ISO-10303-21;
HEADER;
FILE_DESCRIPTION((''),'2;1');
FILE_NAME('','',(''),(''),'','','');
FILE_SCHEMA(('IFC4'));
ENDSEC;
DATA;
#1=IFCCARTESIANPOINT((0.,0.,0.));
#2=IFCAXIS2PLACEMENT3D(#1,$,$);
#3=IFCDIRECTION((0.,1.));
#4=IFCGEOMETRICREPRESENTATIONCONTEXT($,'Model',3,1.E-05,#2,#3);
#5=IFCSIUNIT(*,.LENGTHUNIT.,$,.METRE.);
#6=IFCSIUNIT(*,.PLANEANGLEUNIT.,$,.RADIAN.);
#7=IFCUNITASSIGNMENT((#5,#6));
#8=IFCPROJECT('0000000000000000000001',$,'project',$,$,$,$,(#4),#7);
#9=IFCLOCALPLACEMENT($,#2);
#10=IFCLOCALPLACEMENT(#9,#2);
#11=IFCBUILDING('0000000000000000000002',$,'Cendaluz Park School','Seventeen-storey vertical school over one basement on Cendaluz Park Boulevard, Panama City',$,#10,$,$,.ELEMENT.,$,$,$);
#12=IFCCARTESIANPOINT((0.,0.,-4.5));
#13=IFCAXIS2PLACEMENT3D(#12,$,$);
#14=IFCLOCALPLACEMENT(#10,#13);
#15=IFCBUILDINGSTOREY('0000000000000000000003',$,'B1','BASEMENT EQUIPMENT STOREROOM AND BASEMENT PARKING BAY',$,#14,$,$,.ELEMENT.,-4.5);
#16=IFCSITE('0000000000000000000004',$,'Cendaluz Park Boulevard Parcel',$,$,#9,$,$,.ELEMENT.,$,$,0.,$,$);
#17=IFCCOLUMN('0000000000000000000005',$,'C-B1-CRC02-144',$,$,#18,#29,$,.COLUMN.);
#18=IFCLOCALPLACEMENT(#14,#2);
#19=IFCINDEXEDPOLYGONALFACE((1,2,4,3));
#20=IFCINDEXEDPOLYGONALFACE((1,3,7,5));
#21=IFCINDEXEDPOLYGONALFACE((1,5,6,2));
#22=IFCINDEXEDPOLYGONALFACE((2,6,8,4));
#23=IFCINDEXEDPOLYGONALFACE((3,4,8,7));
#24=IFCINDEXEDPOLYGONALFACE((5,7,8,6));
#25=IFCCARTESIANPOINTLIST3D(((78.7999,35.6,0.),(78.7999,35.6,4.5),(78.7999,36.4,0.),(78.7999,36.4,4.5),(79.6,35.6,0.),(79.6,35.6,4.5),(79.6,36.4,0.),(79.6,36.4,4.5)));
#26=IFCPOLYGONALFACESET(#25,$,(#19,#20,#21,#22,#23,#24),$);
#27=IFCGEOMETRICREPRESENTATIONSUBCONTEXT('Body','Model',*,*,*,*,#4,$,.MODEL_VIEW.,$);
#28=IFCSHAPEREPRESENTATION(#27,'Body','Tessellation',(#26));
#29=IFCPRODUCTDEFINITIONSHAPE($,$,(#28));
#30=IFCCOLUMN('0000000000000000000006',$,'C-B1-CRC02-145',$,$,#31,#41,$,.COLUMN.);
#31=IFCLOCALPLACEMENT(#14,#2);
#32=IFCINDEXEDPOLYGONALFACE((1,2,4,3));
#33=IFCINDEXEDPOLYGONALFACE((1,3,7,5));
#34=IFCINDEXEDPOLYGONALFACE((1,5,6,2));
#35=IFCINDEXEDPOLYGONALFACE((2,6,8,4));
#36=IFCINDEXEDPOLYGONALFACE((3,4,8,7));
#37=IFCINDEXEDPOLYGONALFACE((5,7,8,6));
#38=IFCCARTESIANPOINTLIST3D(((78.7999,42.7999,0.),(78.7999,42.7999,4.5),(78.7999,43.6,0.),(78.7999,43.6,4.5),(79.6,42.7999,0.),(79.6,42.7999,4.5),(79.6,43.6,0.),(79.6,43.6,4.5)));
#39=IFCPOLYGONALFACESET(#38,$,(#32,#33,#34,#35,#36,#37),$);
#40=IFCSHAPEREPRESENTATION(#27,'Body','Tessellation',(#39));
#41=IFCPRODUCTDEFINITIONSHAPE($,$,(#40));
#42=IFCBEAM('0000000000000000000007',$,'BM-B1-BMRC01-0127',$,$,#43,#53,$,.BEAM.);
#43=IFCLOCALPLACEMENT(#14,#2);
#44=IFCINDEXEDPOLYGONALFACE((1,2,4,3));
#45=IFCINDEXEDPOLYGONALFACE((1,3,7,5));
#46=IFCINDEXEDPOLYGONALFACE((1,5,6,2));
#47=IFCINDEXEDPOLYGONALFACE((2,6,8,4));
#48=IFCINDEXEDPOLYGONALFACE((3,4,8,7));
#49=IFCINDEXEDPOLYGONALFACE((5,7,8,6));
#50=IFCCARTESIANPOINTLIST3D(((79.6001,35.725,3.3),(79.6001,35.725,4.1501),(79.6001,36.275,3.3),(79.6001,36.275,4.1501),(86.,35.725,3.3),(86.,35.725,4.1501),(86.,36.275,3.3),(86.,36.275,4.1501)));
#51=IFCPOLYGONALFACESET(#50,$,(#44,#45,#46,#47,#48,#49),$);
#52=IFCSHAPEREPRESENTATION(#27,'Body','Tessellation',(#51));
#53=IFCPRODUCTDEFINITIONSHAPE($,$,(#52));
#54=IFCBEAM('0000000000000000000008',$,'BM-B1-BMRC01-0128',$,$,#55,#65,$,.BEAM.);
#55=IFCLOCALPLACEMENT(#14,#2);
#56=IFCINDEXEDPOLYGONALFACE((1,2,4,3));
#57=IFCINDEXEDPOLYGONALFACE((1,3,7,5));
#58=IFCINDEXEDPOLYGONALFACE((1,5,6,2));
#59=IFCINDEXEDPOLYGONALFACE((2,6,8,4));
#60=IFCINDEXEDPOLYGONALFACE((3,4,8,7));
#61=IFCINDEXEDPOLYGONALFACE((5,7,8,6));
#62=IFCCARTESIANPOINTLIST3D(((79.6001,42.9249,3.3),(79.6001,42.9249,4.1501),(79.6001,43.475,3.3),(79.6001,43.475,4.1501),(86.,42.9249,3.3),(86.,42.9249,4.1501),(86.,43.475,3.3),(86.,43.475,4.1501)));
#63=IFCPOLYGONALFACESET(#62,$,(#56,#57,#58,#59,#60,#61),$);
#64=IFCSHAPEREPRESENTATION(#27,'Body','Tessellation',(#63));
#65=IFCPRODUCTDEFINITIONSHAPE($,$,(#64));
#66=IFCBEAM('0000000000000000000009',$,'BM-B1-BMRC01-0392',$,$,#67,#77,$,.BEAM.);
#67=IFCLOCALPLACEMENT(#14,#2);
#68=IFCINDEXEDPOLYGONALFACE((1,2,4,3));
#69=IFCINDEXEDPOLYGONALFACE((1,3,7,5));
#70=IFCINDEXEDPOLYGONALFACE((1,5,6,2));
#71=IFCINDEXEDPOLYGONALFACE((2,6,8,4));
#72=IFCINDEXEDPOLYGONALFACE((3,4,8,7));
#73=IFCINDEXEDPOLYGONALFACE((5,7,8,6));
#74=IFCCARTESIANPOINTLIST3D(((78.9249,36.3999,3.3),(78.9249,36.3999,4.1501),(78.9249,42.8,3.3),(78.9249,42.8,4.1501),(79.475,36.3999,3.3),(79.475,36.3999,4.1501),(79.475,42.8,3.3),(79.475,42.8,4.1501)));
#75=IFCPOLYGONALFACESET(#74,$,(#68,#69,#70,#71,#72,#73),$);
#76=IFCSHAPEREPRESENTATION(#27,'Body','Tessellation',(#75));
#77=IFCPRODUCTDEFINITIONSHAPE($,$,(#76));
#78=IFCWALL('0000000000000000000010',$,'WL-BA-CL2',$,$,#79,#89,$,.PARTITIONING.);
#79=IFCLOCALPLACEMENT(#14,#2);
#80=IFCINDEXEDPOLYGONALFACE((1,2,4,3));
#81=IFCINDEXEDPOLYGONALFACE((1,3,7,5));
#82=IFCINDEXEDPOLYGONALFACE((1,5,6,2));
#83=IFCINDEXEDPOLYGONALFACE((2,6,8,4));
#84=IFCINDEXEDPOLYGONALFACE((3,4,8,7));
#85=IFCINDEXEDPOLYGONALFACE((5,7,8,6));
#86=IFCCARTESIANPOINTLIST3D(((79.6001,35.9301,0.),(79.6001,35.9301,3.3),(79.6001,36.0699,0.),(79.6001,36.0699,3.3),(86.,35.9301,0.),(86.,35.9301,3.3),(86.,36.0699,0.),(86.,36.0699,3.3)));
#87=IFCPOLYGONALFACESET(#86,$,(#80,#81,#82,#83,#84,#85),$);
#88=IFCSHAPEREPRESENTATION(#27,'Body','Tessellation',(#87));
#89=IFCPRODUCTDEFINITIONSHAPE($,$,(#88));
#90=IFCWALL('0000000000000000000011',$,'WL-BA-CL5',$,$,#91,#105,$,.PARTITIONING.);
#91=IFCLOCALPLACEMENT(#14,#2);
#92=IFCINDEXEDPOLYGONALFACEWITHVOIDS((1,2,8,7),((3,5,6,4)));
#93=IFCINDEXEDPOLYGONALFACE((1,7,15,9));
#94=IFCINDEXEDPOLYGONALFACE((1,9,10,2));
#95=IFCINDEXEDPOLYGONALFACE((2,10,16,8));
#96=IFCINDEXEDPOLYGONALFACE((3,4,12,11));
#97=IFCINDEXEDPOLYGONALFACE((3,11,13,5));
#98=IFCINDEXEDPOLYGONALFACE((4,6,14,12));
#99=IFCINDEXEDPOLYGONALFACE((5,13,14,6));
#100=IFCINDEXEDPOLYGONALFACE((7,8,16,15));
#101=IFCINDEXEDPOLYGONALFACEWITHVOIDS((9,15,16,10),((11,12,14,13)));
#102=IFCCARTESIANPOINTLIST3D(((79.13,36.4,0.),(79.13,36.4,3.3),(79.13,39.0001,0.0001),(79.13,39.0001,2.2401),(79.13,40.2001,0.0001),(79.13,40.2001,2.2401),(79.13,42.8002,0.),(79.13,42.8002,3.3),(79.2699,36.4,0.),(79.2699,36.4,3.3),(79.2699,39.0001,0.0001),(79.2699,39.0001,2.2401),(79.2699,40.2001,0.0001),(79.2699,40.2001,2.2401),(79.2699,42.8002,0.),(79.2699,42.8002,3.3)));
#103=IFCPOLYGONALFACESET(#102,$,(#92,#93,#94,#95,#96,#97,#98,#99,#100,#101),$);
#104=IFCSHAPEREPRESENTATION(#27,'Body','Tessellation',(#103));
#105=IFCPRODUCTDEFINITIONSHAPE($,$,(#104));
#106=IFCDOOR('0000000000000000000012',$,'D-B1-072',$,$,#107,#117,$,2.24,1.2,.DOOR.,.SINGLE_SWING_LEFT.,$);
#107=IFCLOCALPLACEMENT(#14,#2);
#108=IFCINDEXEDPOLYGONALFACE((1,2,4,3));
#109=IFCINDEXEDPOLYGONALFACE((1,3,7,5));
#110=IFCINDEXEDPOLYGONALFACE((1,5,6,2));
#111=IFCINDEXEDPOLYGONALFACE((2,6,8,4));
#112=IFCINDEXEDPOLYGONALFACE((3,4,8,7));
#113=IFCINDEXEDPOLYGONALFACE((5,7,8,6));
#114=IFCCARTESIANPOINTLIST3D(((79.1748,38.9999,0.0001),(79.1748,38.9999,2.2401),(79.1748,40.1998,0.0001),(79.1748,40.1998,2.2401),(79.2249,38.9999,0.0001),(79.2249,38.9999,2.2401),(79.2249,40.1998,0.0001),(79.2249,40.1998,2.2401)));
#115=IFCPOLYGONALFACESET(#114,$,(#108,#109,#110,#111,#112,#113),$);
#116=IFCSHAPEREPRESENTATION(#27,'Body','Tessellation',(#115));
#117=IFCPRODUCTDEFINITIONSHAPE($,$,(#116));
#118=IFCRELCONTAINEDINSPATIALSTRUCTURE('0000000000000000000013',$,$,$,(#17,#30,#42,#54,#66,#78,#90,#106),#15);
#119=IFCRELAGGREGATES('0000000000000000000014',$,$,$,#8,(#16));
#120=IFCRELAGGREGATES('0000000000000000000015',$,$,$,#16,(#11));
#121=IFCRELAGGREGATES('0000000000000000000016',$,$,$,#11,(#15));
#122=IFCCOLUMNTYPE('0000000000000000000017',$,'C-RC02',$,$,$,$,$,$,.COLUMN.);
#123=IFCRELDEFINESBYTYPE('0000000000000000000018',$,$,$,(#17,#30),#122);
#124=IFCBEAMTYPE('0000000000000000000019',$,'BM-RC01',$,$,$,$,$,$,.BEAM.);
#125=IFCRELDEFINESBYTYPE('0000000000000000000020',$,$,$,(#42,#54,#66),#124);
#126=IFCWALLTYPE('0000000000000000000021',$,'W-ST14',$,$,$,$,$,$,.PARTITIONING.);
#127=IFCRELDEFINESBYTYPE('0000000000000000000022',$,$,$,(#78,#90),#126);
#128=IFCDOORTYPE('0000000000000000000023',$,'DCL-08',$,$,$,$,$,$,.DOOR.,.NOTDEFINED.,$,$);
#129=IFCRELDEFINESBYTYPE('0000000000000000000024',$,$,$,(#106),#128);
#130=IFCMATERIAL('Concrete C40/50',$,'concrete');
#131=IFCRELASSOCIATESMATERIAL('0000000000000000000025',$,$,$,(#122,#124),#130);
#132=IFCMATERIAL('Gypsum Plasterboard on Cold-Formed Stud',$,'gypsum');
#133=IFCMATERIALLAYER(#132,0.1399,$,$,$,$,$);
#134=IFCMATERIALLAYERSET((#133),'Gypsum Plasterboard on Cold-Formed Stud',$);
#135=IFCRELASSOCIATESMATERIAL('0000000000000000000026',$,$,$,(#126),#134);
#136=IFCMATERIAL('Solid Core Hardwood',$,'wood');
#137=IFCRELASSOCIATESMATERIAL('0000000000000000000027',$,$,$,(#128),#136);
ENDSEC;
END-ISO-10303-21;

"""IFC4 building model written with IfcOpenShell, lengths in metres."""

from ifc_helpers import new_model, si_unit, direction, frame, frame_2d, origin, origin_2d, place, context, subcontext, project, spatial, rectangle, extrude, material, layer, layer_set, material_profile, profile_set, type_object, element, fill, save


model = new_model("IFC4")

# Units and contexts
model_context = context("Model", 3, precision=1e-05, world=origin(), true_north=direction((0.0, 1.0)))
body_context = subcontext(model_context, "Body", "Model", "MODEL_VIEW")
ifc_project = project(units=[si_unit("LENGTHUNIT", "METRE"), si_unit("PLANEANGLEUNIT", "RADIAN")], contexts=[model_context])

# Site, building, storey
site_placement = place(None, origin())
site = spatial("IfcSite", under=ifc_project, at=site_placement, Name="Cendaluz Park Boulevard Parcel", CompositionType="ELEMENT", RefElevation=0.0)
building_placement = place(site_placement, origin())
building = spatial("IfcBuilding", under=site, at=building_placement, Name="Cendaluz Park School", Description="Seventeen-storey vertical school over one basement on Cendaluz Park Boulevard, Panama City", CompositionType="ELEMENT")
storey_placement = place(building_placement, frame((0.0, 0.0, -4.5)))
storey = spatial("IfcBuildingStorey", under=building, at=storey_placement, Name="B1", Description="BASEMENT EQUIPMENT STOREROOM AND BASEMENT PARKING BAY", CompositionType="ELEMENT", Elevation=-4.5)

# Shared definitions
ifc_material_1 = material(Name="Concrete C40/50", Category="concrete")

# Columns
ifc_material_profile_1 = material_profile(ifc_material_1, rectangle(XDim=0.8, YDim=0.8, at=origin_2d()), Name="RC 800x800", Category="concrete")
ifc_profile_set_1 = profile_set([ifc_material_profile_1], Name="Concrete C40/50")
column_type = type_object("IfcColumnType", Name="C-RC02", PredefinedType="COLUMN", material=ifc_profile_set_1)
for number, where, z_axis, x_axis, name in (
    (1, (79.2, 36.0, 0.0), (0.0, 0.0, 1.0), (1.0, 0.0, 0.0), "C-B1-CRC02-144"),
    (2, (79.2, 43.2, 0.0), (0.0, 0.0, 1.0), (1.0, 0.0, 0.0), "C-B1-CRC02-145"),
):
    element("IfcColumn", number, at=place(storey_placement, frame(where, z_axis=z_axis, x_axis=x_axis)), inside=storey, type_object=column_type, Name=name, PredefinedType="COLUMN", context=body_context, shape_type="SweptSolid", body=[
        extrude(rectangle(XDim=0.8, YDim=0.8, at=origin_2d()), origin(), (0.0, 0.0, 1.0), 4.5),
    ])

# Beams
ifc_material_profile_2 = material_profile(ifc_material_1, rectangle(XDim=0.55, YDim=0.8501, at=origin_2d()), Name="RC 550x850", Category="concrete")
ifc_profile_set_2 = profile_set([ifc_material_profile_2], Name="Concrete C40/50")
beam_type = type_object("IfcBeamType", Name="BM-RC01", PredefinedType="BEAM", material=ifc_profile_set_2)
for number, where, z_axis, x_axis, name in (
    (3, (79.6001, 36.0, 3.7251), (1.0, 0.0, 0.0), (0.0, 1.0, 0.0), "BM-B1-BMRC01-0127"),
    (4, (79.6001, 43.2, 3.7251), (1.0, 0.0, 0.0), (0.0, 1.0, 0.0), "BM-B1-BMRC01-0128"),
):
    element("IfcBeam", number, at=place(storey_placement, frame(where, z_axis=z_axis, x_axis=x_axis)), inside=storey, type_object=beam_type, Name=name, PredefinedType="BEAM", context=body_context, shape_type="SweptSolid", body=[
        extrude(rectangle(XDim=0.55, YDim=0.8501, at=origin_2d()), origin(), (0.0, 0.0, 1.0), 6.3999),
    ])
beam_placement = place(storey_placement, frame((79.2, 36.3999, 3.7251), z_axis=(0.0, 1.0, 0.0), x_axis=(-1.0, 0.0, 0.0)))
element("IfcBeam", 5, at=beam_placement, inside=storey, type_object=beam_type, Name="BM-B1-BMRC01-0392", PredefinedType="BEAM", context=body_context, shape_type="SweptSolid", body=[
    extrude(rectangle(XDim=0.55, YDim=0.8501, at=origin_2d()), origin(), (0.0, 0.0, 1.0), 6.4001),
])

# Wall
ifc_material_2 = material(Name="Gypsum Plasterboard on Cold-Formed Stud", Category="gypsum")
ifc_layer = layer(ifc_material_2, 0.1399)
ifc_layer_set = layer_set([ifc_layer], Name="Gypsum Plasterboard on Cold-Formed Stud")
wall_type = type_object("IfcWallType", Name="W-ST14", PredefinedType="PARTITIONING", material=ifc_layer_set)
wall_1_placement = place(storey_placement, frame((79.6001, 36.0, 0.0), z_axis=(0.0, 0.0, 1.0), x_axis=(1.0, 0.0, 0.0)))
element("IfcWall", 6, at=wall_1_placement, inside=storey, type_object=wall_type, Name="WL-BA-CL2", PredefinedType="PARTITIONING", context=body_context, shape_type="SweptSolid", body=[
    extrude(rectangle(XDim=6.3999, YDim=0.1399, at=frame_2d((3.2, 0.0))), origin(), (0.0, 0.0, 1.0), 3.3),
])

# Wall, opening, door
wall_2_placement = place(storey_placement, frame((79.2, 36.3999, 0.0), z_axis=(0.0, 0.0, 1.0), x_axis=(0.0, 1.0, 0.0)))
wall_2 = element("IfcWall", 7, at=wall_2_placement, inside=storey, type_object=wall_type, Name="WL-BA-CL5", PredefinedType="PARTITIONING", context=body_context, shape_type="SweptSolid", body=[
    extrude(rectangle(XDim=6.4001, YDim=0.1399, at=frame_2d((3.2002, 0.0))), origin(), (0.0, 0.0, 1.0), 3.3),
])
opening_placement = place(wall_2_placement, frame((2.6001, 0.0, 0.0)))
opening = element("IfcOpeningElement", 8, at=opening_placement, cuts=wall_2, PredefinedType="OPENING", context=body_context, shape_type="SweptSolid", body=[
    extrude(rectangle(XDim=1.2, YDim=2.24, at=frame_2d((0.6001, 1.1201))), frame((0.0, 0.082, 0.0), z_axis=(0.0, -1.0, 0.0), x_axis=(1.0, 0.0, 0.0)), (0.0, 0.0, 1.0), 0.1638),
])
ifc_material_3 = material(Name="Solid Core Hardwood", Category="wood")
door_type = type_object("IfcDoorType", Name="DCL-08", OperationType="NOTDEFINED", PredefinedType="DOOR", material=ifc_material_3)
door_placement = place(opening_placement, frame((1.2, 0.0, 0.0), z_axis=(0.0, 0.0, 1.0), x_axis=(-1.0, 0.0, 0.0)))
door = element("IfcDoor", 9, at=door_placement, inside=storey, type_object=door_type, Name="D-B1-072", OperationType="SINGLE_SWING_LEFT", OverallHeight=2.24, OverallWidth=1.2, PredefinedType="DOOR", context=body_context, shape_type="SweptSolid", body=[
    extrude(rectangle(XDim=1.2, YDim=2.24, at=frame_2d((0.6001, 1.1201))), frame((0.0, 0.0249, 0.0), z_axis=(0.0, -1.0, 0.0), x_axis=(1.0, 0.0, 0.0)), (0.0, 0.0, 1.0), 0.05),
])
fill(opening, door)

save(model, "model.ifc")
